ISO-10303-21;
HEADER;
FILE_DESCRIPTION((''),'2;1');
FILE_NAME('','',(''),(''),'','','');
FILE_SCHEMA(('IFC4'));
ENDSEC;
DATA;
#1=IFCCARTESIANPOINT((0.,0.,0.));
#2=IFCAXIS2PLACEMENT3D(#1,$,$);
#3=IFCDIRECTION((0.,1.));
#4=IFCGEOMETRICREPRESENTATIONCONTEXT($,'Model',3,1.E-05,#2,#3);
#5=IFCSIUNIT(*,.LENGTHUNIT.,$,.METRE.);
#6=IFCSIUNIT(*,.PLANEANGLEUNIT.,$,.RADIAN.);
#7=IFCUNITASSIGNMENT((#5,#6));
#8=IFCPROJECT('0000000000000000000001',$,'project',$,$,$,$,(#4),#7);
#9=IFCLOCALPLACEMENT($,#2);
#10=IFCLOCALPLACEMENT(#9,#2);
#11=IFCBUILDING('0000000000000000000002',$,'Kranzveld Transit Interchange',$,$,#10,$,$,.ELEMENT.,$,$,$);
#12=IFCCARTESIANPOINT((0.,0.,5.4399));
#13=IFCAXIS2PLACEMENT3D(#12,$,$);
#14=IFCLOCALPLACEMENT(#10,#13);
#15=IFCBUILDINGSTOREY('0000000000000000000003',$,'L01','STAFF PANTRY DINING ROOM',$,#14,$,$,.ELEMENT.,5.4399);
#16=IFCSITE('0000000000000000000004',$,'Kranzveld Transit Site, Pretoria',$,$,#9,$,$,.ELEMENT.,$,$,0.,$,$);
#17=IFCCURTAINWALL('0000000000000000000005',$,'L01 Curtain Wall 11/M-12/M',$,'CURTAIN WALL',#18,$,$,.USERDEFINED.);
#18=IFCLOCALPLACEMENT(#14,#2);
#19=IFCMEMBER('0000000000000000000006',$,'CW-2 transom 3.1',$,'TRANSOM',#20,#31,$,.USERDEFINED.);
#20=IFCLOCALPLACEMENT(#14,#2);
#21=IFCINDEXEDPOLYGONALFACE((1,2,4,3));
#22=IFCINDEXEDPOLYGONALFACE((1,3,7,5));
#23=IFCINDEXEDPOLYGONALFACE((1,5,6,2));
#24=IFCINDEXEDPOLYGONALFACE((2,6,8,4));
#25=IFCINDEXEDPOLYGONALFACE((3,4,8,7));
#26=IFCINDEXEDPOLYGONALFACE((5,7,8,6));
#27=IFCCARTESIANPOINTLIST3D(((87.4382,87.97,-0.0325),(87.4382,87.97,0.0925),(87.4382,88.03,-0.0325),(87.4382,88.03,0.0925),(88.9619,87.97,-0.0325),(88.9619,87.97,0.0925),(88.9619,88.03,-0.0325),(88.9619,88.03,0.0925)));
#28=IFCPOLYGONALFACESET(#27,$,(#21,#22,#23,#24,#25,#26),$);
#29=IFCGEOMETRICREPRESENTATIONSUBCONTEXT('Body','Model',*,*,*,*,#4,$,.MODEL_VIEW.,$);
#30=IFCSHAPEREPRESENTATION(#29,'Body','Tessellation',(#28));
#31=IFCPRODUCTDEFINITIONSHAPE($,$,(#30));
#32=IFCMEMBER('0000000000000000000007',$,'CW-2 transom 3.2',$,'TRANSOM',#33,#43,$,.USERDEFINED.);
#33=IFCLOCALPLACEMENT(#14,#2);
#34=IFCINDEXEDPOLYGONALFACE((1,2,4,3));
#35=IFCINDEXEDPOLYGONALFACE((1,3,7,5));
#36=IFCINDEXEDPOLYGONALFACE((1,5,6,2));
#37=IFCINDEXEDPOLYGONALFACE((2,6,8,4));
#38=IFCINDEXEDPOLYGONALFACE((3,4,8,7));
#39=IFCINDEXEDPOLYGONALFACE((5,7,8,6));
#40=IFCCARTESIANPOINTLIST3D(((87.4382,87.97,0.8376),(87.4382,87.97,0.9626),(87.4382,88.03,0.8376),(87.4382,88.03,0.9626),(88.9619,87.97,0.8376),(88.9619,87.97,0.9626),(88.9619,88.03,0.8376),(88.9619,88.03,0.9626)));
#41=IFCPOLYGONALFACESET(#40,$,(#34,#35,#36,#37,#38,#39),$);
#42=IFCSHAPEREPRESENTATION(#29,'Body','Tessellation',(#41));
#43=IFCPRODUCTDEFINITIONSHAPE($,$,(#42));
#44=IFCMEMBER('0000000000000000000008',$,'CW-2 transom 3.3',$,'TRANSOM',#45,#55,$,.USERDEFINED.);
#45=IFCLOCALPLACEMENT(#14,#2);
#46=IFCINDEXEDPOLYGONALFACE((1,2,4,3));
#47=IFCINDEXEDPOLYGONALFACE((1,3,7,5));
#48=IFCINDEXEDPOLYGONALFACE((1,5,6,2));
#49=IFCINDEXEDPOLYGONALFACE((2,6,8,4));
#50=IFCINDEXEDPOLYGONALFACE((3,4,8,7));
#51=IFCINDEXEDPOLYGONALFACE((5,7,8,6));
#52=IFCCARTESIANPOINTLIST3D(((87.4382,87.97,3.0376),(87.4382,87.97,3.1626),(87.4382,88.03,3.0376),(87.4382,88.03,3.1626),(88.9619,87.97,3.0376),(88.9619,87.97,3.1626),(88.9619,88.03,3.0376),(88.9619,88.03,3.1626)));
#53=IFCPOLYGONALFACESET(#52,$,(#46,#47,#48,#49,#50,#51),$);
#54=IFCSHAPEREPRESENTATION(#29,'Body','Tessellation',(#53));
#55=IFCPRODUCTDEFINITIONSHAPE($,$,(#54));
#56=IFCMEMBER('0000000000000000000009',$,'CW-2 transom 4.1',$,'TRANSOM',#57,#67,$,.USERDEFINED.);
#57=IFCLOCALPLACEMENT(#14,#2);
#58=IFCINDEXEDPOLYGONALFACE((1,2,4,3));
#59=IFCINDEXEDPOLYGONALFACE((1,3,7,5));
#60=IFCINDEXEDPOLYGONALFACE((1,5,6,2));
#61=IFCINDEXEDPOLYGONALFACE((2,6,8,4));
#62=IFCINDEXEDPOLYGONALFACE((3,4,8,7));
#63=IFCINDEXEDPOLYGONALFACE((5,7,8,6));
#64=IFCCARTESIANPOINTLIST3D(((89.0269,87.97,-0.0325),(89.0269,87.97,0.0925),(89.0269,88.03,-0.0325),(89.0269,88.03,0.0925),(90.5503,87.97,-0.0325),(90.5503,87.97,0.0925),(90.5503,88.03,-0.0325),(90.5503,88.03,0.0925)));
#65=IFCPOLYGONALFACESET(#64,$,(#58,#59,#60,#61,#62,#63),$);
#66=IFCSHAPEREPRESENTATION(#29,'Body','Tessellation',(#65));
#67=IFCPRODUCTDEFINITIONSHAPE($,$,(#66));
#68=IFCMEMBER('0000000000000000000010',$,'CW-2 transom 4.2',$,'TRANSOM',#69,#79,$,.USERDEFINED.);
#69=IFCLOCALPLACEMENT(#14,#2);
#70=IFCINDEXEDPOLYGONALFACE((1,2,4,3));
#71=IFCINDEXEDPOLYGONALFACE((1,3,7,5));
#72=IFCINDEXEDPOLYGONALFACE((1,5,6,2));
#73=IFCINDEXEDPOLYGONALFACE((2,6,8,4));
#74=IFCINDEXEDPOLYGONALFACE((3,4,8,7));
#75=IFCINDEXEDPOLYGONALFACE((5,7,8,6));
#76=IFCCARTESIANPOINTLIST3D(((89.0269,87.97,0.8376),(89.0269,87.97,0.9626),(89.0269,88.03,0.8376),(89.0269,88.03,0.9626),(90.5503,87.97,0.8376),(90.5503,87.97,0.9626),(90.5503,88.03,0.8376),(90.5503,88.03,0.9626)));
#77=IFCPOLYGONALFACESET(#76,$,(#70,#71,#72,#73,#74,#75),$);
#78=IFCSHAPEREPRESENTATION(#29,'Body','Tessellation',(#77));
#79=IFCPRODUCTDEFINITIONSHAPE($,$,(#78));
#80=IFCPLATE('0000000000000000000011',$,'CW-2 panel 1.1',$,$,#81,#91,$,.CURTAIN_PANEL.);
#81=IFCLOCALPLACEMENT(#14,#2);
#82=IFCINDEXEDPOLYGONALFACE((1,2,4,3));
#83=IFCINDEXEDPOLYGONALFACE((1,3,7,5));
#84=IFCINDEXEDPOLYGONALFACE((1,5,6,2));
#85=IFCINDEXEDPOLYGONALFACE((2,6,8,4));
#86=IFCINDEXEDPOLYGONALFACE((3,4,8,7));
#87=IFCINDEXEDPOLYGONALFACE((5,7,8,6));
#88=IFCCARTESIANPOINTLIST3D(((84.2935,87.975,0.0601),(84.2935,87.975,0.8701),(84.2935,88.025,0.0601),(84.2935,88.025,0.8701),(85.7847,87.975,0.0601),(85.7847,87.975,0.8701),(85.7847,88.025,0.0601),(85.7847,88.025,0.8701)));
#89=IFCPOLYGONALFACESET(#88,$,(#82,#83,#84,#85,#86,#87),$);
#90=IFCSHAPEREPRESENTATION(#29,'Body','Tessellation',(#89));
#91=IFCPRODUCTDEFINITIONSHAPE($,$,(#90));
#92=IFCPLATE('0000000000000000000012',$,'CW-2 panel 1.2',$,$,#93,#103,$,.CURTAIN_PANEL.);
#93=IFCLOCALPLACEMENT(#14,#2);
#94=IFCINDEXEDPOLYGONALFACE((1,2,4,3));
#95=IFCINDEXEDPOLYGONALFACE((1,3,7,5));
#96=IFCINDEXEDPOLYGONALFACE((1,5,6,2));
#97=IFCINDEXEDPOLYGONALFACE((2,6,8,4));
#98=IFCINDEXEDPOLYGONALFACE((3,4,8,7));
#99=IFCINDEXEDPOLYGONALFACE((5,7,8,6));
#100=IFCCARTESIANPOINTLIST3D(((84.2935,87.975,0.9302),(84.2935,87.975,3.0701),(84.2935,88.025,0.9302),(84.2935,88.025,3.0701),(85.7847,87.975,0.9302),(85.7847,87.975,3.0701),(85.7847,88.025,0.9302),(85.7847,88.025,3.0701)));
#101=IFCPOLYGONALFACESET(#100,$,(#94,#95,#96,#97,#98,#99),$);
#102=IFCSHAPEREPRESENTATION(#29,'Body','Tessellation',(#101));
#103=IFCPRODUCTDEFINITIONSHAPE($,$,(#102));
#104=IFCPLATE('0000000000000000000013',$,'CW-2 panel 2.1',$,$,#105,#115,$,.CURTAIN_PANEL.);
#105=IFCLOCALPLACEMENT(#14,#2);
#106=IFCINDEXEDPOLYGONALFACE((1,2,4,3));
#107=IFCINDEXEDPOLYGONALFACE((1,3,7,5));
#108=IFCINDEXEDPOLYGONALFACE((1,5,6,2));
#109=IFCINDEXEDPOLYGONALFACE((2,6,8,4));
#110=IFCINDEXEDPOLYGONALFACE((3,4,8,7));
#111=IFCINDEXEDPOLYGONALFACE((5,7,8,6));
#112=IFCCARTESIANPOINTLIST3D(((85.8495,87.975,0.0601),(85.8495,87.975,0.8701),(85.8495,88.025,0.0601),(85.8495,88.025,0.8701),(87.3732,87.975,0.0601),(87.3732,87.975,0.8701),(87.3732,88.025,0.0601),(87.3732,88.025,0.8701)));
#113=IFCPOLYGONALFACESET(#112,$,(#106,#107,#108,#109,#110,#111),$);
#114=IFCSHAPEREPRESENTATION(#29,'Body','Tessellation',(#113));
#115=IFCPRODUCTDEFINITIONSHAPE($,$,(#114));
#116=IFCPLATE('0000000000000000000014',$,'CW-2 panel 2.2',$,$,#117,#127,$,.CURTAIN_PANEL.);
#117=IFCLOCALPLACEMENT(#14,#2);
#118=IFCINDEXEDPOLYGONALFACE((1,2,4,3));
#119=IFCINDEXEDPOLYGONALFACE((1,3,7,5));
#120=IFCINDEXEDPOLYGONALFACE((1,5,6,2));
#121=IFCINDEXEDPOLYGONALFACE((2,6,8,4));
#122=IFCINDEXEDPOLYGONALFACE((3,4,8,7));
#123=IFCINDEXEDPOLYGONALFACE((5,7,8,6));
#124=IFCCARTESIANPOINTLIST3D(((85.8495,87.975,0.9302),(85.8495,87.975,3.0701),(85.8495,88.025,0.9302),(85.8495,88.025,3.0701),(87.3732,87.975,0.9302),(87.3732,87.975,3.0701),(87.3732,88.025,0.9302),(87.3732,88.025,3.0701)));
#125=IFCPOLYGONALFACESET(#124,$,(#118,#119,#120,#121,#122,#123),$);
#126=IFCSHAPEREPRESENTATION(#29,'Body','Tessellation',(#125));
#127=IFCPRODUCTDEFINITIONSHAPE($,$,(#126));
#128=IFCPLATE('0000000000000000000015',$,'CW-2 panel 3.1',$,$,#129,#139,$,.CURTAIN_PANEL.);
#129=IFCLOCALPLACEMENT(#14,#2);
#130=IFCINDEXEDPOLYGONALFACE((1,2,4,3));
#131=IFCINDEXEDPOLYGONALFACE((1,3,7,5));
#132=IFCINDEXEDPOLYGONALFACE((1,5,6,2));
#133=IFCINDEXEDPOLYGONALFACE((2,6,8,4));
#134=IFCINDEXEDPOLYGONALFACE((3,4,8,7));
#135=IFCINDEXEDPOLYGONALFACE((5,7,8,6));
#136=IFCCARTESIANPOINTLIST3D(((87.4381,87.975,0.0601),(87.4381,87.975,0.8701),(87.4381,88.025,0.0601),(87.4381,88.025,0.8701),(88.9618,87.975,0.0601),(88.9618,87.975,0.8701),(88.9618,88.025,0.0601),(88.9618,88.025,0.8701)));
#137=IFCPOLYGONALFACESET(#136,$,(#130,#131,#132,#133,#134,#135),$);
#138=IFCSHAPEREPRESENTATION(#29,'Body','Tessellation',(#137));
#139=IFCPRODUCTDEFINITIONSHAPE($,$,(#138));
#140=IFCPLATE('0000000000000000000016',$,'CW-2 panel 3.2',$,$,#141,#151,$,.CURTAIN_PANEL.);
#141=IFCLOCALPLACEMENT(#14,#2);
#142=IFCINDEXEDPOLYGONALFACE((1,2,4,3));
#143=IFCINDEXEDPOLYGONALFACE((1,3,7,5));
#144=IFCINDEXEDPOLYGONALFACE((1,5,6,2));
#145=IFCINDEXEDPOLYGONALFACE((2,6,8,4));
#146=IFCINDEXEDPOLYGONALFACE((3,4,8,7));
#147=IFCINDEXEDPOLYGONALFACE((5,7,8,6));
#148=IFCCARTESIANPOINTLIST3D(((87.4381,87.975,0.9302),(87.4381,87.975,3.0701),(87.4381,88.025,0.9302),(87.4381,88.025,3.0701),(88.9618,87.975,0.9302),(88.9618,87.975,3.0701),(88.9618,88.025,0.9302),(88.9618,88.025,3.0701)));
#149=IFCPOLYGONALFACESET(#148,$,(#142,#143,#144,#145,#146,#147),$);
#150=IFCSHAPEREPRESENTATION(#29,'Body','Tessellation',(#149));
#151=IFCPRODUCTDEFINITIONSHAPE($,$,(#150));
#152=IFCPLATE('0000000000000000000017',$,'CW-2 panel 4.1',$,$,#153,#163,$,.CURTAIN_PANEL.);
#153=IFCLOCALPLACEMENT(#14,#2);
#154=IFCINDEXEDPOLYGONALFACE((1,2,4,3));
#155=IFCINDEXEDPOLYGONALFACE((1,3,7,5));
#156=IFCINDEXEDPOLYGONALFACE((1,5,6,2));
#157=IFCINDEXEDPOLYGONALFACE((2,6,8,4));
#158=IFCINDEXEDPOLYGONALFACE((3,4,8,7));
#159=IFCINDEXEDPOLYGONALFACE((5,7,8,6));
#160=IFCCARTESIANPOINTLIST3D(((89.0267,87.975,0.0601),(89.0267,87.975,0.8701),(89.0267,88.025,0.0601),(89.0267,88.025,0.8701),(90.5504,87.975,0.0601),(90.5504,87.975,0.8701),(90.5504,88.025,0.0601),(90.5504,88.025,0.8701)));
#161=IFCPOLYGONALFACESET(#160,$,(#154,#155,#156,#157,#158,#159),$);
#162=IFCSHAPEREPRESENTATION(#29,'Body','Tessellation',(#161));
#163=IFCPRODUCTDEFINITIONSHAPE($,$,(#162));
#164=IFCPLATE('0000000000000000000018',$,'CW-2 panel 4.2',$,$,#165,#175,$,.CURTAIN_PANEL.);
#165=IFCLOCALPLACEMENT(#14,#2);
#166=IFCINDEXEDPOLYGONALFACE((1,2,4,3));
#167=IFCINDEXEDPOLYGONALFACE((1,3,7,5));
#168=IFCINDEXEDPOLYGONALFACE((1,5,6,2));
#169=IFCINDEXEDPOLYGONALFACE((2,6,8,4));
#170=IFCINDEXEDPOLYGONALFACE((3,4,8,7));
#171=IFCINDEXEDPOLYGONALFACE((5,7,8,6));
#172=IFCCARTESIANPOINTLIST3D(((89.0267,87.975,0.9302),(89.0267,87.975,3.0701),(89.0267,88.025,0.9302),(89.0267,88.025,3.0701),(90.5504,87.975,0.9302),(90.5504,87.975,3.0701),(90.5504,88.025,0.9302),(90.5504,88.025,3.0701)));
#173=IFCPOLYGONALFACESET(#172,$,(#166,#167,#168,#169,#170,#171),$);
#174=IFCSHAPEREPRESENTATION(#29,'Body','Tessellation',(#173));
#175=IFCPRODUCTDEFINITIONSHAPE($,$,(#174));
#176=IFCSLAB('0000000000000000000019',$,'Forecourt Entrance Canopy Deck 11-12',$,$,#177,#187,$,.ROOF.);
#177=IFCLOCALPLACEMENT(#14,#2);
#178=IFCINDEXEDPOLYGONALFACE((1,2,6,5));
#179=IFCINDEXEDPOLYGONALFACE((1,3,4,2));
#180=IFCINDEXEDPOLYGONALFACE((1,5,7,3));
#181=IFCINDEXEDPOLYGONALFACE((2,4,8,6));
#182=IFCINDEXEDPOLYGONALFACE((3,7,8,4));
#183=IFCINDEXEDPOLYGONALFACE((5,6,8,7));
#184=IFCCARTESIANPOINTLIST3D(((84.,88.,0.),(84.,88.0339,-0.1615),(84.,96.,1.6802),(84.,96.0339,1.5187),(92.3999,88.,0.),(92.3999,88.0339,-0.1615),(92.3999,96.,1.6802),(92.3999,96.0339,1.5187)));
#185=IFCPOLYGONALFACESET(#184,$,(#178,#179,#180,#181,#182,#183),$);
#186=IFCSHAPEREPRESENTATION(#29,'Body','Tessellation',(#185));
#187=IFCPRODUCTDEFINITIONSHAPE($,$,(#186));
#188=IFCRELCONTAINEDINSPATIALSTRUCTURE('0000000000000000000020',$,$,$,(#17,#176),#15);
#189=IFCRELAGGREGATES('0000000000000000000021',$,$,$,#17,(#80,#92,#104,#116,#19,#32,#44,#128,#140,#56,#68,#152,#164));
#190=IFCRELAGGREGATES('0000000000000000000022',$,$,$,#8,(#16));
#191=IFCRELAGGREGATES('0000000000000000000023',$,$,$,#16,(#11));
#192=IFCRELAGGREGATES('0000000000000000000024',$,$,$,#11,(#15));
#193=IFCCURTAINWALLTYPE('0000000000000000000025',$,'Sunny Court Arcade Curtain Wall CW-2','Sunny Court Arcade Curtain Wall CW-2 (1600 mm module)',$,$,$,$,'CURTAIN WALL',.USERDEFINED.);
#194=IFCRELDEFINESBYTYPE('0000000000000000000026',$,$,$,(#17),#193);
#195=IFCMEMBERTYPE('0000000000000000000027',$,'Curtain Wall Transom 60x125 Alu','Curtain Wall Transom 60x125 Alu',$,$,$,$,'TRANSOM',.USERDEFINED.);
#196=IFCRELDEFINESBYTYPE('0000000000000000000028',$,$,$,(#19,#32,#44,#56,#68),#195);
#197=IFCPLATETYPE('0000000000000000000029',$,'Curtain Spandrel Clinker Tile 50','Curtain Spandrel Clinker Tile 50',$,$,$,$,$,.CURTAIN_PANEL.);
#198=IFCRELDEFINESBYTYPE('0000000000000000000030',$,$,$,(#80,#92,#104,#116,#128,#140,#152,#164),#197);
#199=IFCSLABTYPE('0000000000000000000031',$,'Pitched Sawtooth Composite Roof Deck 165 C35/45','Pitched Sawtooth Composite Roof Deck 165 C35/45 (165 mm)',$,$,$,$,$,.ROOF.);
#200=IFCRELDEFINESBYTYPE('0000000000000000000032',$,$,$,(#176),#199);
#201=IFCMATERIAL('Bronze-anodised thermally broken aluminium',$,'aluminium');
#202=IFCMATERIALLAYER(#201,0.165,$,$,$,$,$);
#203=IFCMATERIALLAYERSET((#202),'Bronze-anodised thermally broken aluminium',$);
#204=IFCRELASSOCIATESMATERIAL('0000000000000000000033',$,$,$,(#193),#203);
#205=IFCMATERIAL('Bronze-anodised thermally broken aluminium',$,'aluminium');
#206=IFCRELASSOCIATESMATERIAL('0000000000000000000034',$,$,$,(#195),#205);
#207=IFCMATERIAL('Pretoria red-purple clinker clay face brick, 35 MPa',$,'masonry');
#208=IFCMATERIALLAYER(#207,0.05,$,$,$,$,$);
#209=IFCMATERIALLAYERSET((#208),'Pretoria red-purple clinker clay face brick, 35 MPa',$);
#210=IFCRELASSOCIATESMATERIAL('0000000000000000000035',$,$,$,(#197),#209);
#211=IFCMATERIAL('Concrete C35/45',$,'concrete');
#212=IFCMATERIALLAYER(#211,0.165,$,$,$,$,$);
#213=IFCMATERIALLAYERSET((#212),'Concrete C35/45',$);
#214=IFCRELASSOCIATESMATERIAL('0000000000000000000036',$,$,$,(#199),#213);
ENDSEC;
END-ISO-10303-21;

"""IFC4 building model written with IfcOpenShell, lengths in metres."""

from ifc_helpers import new_model, si_unit, direction, frame, origin, origin_2d, place, context, subcontext, project, spatial, polyline, rectangle, outline, extrude, material, layer, layer_set, material_profile, profile_set, type_object, element, aggregate, save


model = new_model("IFC4")

# Units and contexts
model_context = context("Model", 3, precision=1e-05, world=origin(), true_north=direction((0.0, 1.0)))
body_context = subcontext(model_context, "Body", "Model", "MODEL_VIEW")
ifc_project = project(units=[si_unit("LENGTHUNIT", "METRE"), si_unit("PLANEANGLEUNIT", "RADIAN")], contexts=[model_context])

# Site, building, storey
site_placement = place(None, origin())
site = spatial("IfcSite", under=ifc_project, at=site_placement, Name="Kranzveld Transit Site, Pretoria", CompositionType="ELEMENT", RefElevation=0.0)
building_placement = place(site_placement, origin())
building = spatial("IfcBuilding", under=site, at=building_placement, Name="Kranzveld Transit Interchange", CompositionType="ELEMENT")
storey_placement = place(building_placement, frame((0.0, 0.0, 5.4399)))
storey = spatial("IfcBuildingStorey", under=building, at=storey_placement, Name="L01", Description="STAFF PANTRY DINING ROOM", CompositionType="ELEMENT", Elevation=5.4399)

# Curtain wall, members, plates
ifc_material_1 = material(Name="Bronze-anodised thermally broken aluminium", Category="aluminium")
ifc_layer_1 = layer(ifc_material_1, 0.165)
ifc_layer_set_1 = layer_set([ifc_layer_1], Name="Bronze-anodised thermally broken aluminium")
curtain_wall_type = type_object("IfcCurtainWallType", Name="Sunny Court Arcade Curtain Wall CW-2", Description="Sunny Court Arcade Curtain Wall CW-2 (1600 mm module)", ElementType="CURTAIN WALL", PredefinedType="USERDEFINED", material=ifc_layer_set_1)
curtain_wall_placement = place(storey_placement, origin())
curtain_wall = element("IfcCurtainWall", 1, at=curtain_wall_placement, inside=storey, type_object=curtain_wall_type, Name="L01 Curtain Wall 11/M-12/M", ObjectType="CURTAIN WALL", PredefinedType="USERDEFINED")
ifc_material_2 = material(Name="Bronze-anodised thermally broken aluminium", Category="aluminium")
ifc_material_profile_1 = material_profile(ifc_material_2, rectangle(XDim=0.0601, YDim=0.125, at=origin_2d()), Name="ALU TRANSOM 60x125")
ifc_profile_set_1 = profile_set([ifc_material_profile_1], Name="Bronze-anodised thermally broken aluminium")
member_type_1 = type_object("IfcMemberType", Name="Curtain Wall Transom 60x125 Alu", Description="Curtain Wall Transom 60x125 Alu", ElementType="TRANSOM", PredefinedType="USERDEFINED", material=ifc_profile_set_1)
member_1_placement = place(storey_placement, frame((87.4382, 88.0, 0.03), z_axis=(1.0, 0.0, 0.0), x_axis=(0.0, 1.0, 0.0)))
member_1 = element("IfcMember", 2, at=member_1_placement, type_object=member_type_1, Name="CW-2 transom 3.1", ObjectType="TRANSOM", PredefinedType="USERDEFINED", context=body_context, shape_type="SweptSolid", body=[
    extrude(rectangle(XDim=0.0601, YDim=0.125, at=origin_2d()), origin(), (0.0, 0.0, 1.0), 1.5237),
])
member_2_placement = place(storey_placement, frame((87.4382, 88.0, 0.9001), z_axis=(1.0, 0.0, 0.0), x_axis=(0.0, 1.0, 0.0)))
member_2 = element("IfcMember", 3, at=member_2_placement, type_object=member_type_1, Name="CW-2 transom 3.2", ObjectType="TRANSOM", PredefinedType="USERDEFINED", context=body_context, shape_type="SweptSolid", body=[
    extrude(rectangle(XDim=0.0601, YDim=0.125, at=origin_2d()), origin(), (0.0, 0.0, 1.0), 1.5237),
])
member_3_placement = place(storey_placement, frame((87.4382, 88.0, 3.1001), z_axis=(1.0, 0.0, 0.0), x_axis=(0.0, 1.0, 0.0)))
member_3 = element("IfcMember", 4, at=member_3_placement, type_object=member_type_1, Name="CW-2 transom 3.3", ObjectType="TRANSOM", PredefinedType="USERDEFINED", context=body_context, shape_type="SweptSolid", body=[
    extrude(rectangle(XDim=0.0601, YDim=0.125, at=origin_2d()), origin(), (0.0, 0.0, 1.0), 1.5237),
])
member_4_placement = place(storey_placement, frame((89.0269, 88.0, 0.03), z_axis=(1.0, 0.0, 0.0), x_axis=(0.0, 1.0, 0.0)))
member_4 = element("IfcMember", 5, at=member_4_placement, type_object=member_type_1, Name="CW-2 transom 4.1", ObjectType="TRANSOM", PredefinedType="USERDEFINED", context=body_context, shape_type="SweptSolid", body=[
    extrude(rectangle(XDim=0.0601, YDim=0.125, at=origin_2d()), origin(), (0.0, 0.0, 1.0), 1.5234),
])
member_5_placement = place(storey_placement, frame((89.0269, 88.0, 0.9001), z_axis=(1.0, 0.0, 0.0), x_axis=(0.0, 1.0, 0.0)))
member_5 = element("IfcMember", 6, at=member_5_placement, type_object=member_type_1, Name="CW-2 transom 4.2", ObjectType="TRANSOM", PredefinedType="USERDEFINED", context=body_context, shape_type="SweptSolid", body=[
    extrude(rectangle(XDim=0.0601, YDim=0.125, at=origin_2d()), origin(), (0.0, 0.0, 1.0), 1.5234),
])
ifc_material_3 = material(Name="Pretoria red-purple clinker clay face brick, 35 MPa", Category="masonry")
ifc_layer_2 = layer(ifc_material_3, 0.05)
ifc_layer_set_2 = layer_set([ifc_layer_2], Name="Pretoria red-purple clinker clay face brick, 35 MPa")
plate_type = type_object("IfcPlateType", Name="Curtain Spandrel Clinker Tile 50", Description="Curtain Spandrel Clinker Tile 50", PredefinedType="CURTAIN_PANEL", material=ifc_layer_set_2)
plate_1_placement = place(storey_placement, frame((85.0391, 88.0, 0.0601), z_axis=(0.0, 0.0, 1.0), x_axis=(1.0, 0.0, 0.0)))
plate_1 = element("IfcPlate", 7, at=plate_1_placement, type_object=plate_type, Name="CW-2 panel 1.1", PredefinedType="CURTAIN_PANEL", context=body_context, shape_type="SweptSolid", body=[
    extrude(rectangle(XDim=1.4912, YDim=0.05, at=origin_2d()), origin(), (0.0, 0.0, 1.0), 0.8101),
])
plate_2_placement = place(storey_placement, frame((85.0391, 88.0, 0.9302), z_axis=(0.0, 0.0, 1.0), x_axis=(1.0, 0.0, 0.0)))
plate_2 = element("IfcPlate", 8, at=plate_2_placement, type_object=plate_type, Name="CW-2 panel 1.2", PredefinedType="CURTAIN_PANEL", context=body_context, shape_type="SweptSolid", body=[
    extrude(rectangle(XDim=1.4912, YDim=0.05, at=origin_2d()), origin(), (0.0, 0.0, 1.0), 2.1399),
])
plate_3_placement = place(storey_placement, frame((86.6113, 88.0, 0.0601), z_axis=(0.0, 0.0, 1.0), x_axis=(1.0, 0.0, 0.0)))
plate_3 = element("IfcPlate", 9, at=plate_3_placement, type_object=plate_type, Name="CW-2 panel 2.1", PredefinedType="CURTAIN_PANEL", context=body_context, shape_type="SweptSolid", body=[
    extrude(rectangle(XDim=1.5237, YDim=0.05, at=origin_2d()), origin(), (0.0, 0.0, 1.0), 0.8101),
])
plate_4_placement = place(storey_placement, frame((86.6113, 88.0, 0.9302), z_axis=(0.0, 0.0, 1.0), x_axis=(1.0, 0.0, 0.0)))
plate_4 = element("IfcPlate", 10, at=plate_4_placement, type_object=plate_type, Name="CW-2 panel 2.2", PredefinedType="CURTAIN_PANEL", context=body_context, shape_type="SweptSolid", body=[
    extrude(rectangle(XDim=1.5237, YDim=0.05, at=origin_2d()), origin(), (0.0, 0.0, 1.0), 2.1399),
])
plate_5_placement = place(storey_placement, frame((88.2, 88.0, 0.0601), z_axis=(0.0, 0.0, 1.0), x_axis=(1.0, 0.0, 0.0)))
plate_5 = element("IfcPlate", 11, at=plate_5_placement, type_object=plate_type, Name="CW-2 panel 3.1", PredefinedType="CURTAIN_PANEL", context=body_context, shape_type="SweptSolid", body=[
    extrude(rectangle(XDim=1.5237, YDim=0.05, at=origin_2d()), origin(), (0.0, 0.0, 1.0), 0.8101),
])
plate_6_placement = place(storey_placement, frame((88.2, 88.0, 0.9302), z_axis=(0.0, 0.0, 1.0), x_axis=(1.0, 0.0, 0.0)))
plate_6 = element("IfcPlate", 12, at=plate_6_placement, type_object=plate_type, Name="CW-2 panel 3.2", PredefinedType="CURTAIN_PANEL", context=body_context, shape_type="SweptSolid", body=[
    extrude(rectangle(XDim=1.5237, YDim=0.05, at=origin_2d()), origin(), (0.0, 0.0, 1.0), 2.1399),
])
plate_7_placement = place(storey_placement, frame((89.7886, 88.0, 0.0601), z_axis=(0.0, 0.0, 1.0), x_axis=(1.0, 0.0, 0.0)))
plate_7 = element("IfcPlate", 13, at=plate_7_placement, type_object=plate_type, Name="CW-2 panel 4.1", PredefinedType="CURTAIN_PANEL", context=body_context, shape_type="SweptSolid", body=[
    extrude(rectangle(XDim=1.5237, YDim=0.05, at=origin_2d()), origin(), (0.0, 0.0, 1.0), 0.8101),
])
plate_8_placement = place(storey_placement, frame((89.7886, 88.0, 0.9302), z_axis=(0.0, 0.0, 1.0), x_axis=(1.0, 0.0, 0.0)))
plate_8 = element("IfcPlate", 14, at=plate_8_placement, type_object=plate_type, Name="CW-2 panel 4.2", PredefinedType="CURTAIN_PANEL", context=body_context, shape_type="SweptSolid", body=[
    extrude(rectangle(XDim=1.5237, YDim=0.05, at=origin_2d()), origin(), (0.0, 0.0, 1.0), 2.1399),
])
aggregate(curtain_wall, [plate_1, plate_2, plate_3, plate_4, member_1, member_2, member_3, plate_5, plate_6, member_4, member_5, plate_7, plate_8])

# Slab
ifc_material_4 = material(Name="Concrete C35/45", Category="concrete")
ifc_layer_3 = layer(ifc_material_4, 0.165)
ifc_layer_set_3 = layer_set([ifc_layer_3], Name="Concrete C35/45")
slab_type = type_object("IfcSlabType", Name="Pitched Sawtooth Composite Roof Deck 165 C35/45", Description="Pitched Sawtooth Composite Roof Deck 165 C35/45 (165 mm)", PredefinedType="ROOF", material=ifc_layer_set_3)
slab_placement = place(storey_placement, frame((84.0, 88.0, 0.0), z_axis=(0.0, -0.205538, 0.978649), x_axis=(1.0, 0.0, 0.0)))
element("IfcSlab", 15, at=slab_placement, inside=storey, type_object=slab_type, Name="Forecourt Entrance Canopy Deck 11-12", PredefinedType="ROOF", context=body_context, shape_type="SweptSolid", body=[
    extrude(outline(polyline([(0.0, 0.0), (8.3999, 0.0), (8.3999, 8.1745), (0.0, 8.1745), (0.0, 0.0)])), origin(), (0.0, 0.0, -1.0), 0.165),
])

save(model, "model.ifc")
